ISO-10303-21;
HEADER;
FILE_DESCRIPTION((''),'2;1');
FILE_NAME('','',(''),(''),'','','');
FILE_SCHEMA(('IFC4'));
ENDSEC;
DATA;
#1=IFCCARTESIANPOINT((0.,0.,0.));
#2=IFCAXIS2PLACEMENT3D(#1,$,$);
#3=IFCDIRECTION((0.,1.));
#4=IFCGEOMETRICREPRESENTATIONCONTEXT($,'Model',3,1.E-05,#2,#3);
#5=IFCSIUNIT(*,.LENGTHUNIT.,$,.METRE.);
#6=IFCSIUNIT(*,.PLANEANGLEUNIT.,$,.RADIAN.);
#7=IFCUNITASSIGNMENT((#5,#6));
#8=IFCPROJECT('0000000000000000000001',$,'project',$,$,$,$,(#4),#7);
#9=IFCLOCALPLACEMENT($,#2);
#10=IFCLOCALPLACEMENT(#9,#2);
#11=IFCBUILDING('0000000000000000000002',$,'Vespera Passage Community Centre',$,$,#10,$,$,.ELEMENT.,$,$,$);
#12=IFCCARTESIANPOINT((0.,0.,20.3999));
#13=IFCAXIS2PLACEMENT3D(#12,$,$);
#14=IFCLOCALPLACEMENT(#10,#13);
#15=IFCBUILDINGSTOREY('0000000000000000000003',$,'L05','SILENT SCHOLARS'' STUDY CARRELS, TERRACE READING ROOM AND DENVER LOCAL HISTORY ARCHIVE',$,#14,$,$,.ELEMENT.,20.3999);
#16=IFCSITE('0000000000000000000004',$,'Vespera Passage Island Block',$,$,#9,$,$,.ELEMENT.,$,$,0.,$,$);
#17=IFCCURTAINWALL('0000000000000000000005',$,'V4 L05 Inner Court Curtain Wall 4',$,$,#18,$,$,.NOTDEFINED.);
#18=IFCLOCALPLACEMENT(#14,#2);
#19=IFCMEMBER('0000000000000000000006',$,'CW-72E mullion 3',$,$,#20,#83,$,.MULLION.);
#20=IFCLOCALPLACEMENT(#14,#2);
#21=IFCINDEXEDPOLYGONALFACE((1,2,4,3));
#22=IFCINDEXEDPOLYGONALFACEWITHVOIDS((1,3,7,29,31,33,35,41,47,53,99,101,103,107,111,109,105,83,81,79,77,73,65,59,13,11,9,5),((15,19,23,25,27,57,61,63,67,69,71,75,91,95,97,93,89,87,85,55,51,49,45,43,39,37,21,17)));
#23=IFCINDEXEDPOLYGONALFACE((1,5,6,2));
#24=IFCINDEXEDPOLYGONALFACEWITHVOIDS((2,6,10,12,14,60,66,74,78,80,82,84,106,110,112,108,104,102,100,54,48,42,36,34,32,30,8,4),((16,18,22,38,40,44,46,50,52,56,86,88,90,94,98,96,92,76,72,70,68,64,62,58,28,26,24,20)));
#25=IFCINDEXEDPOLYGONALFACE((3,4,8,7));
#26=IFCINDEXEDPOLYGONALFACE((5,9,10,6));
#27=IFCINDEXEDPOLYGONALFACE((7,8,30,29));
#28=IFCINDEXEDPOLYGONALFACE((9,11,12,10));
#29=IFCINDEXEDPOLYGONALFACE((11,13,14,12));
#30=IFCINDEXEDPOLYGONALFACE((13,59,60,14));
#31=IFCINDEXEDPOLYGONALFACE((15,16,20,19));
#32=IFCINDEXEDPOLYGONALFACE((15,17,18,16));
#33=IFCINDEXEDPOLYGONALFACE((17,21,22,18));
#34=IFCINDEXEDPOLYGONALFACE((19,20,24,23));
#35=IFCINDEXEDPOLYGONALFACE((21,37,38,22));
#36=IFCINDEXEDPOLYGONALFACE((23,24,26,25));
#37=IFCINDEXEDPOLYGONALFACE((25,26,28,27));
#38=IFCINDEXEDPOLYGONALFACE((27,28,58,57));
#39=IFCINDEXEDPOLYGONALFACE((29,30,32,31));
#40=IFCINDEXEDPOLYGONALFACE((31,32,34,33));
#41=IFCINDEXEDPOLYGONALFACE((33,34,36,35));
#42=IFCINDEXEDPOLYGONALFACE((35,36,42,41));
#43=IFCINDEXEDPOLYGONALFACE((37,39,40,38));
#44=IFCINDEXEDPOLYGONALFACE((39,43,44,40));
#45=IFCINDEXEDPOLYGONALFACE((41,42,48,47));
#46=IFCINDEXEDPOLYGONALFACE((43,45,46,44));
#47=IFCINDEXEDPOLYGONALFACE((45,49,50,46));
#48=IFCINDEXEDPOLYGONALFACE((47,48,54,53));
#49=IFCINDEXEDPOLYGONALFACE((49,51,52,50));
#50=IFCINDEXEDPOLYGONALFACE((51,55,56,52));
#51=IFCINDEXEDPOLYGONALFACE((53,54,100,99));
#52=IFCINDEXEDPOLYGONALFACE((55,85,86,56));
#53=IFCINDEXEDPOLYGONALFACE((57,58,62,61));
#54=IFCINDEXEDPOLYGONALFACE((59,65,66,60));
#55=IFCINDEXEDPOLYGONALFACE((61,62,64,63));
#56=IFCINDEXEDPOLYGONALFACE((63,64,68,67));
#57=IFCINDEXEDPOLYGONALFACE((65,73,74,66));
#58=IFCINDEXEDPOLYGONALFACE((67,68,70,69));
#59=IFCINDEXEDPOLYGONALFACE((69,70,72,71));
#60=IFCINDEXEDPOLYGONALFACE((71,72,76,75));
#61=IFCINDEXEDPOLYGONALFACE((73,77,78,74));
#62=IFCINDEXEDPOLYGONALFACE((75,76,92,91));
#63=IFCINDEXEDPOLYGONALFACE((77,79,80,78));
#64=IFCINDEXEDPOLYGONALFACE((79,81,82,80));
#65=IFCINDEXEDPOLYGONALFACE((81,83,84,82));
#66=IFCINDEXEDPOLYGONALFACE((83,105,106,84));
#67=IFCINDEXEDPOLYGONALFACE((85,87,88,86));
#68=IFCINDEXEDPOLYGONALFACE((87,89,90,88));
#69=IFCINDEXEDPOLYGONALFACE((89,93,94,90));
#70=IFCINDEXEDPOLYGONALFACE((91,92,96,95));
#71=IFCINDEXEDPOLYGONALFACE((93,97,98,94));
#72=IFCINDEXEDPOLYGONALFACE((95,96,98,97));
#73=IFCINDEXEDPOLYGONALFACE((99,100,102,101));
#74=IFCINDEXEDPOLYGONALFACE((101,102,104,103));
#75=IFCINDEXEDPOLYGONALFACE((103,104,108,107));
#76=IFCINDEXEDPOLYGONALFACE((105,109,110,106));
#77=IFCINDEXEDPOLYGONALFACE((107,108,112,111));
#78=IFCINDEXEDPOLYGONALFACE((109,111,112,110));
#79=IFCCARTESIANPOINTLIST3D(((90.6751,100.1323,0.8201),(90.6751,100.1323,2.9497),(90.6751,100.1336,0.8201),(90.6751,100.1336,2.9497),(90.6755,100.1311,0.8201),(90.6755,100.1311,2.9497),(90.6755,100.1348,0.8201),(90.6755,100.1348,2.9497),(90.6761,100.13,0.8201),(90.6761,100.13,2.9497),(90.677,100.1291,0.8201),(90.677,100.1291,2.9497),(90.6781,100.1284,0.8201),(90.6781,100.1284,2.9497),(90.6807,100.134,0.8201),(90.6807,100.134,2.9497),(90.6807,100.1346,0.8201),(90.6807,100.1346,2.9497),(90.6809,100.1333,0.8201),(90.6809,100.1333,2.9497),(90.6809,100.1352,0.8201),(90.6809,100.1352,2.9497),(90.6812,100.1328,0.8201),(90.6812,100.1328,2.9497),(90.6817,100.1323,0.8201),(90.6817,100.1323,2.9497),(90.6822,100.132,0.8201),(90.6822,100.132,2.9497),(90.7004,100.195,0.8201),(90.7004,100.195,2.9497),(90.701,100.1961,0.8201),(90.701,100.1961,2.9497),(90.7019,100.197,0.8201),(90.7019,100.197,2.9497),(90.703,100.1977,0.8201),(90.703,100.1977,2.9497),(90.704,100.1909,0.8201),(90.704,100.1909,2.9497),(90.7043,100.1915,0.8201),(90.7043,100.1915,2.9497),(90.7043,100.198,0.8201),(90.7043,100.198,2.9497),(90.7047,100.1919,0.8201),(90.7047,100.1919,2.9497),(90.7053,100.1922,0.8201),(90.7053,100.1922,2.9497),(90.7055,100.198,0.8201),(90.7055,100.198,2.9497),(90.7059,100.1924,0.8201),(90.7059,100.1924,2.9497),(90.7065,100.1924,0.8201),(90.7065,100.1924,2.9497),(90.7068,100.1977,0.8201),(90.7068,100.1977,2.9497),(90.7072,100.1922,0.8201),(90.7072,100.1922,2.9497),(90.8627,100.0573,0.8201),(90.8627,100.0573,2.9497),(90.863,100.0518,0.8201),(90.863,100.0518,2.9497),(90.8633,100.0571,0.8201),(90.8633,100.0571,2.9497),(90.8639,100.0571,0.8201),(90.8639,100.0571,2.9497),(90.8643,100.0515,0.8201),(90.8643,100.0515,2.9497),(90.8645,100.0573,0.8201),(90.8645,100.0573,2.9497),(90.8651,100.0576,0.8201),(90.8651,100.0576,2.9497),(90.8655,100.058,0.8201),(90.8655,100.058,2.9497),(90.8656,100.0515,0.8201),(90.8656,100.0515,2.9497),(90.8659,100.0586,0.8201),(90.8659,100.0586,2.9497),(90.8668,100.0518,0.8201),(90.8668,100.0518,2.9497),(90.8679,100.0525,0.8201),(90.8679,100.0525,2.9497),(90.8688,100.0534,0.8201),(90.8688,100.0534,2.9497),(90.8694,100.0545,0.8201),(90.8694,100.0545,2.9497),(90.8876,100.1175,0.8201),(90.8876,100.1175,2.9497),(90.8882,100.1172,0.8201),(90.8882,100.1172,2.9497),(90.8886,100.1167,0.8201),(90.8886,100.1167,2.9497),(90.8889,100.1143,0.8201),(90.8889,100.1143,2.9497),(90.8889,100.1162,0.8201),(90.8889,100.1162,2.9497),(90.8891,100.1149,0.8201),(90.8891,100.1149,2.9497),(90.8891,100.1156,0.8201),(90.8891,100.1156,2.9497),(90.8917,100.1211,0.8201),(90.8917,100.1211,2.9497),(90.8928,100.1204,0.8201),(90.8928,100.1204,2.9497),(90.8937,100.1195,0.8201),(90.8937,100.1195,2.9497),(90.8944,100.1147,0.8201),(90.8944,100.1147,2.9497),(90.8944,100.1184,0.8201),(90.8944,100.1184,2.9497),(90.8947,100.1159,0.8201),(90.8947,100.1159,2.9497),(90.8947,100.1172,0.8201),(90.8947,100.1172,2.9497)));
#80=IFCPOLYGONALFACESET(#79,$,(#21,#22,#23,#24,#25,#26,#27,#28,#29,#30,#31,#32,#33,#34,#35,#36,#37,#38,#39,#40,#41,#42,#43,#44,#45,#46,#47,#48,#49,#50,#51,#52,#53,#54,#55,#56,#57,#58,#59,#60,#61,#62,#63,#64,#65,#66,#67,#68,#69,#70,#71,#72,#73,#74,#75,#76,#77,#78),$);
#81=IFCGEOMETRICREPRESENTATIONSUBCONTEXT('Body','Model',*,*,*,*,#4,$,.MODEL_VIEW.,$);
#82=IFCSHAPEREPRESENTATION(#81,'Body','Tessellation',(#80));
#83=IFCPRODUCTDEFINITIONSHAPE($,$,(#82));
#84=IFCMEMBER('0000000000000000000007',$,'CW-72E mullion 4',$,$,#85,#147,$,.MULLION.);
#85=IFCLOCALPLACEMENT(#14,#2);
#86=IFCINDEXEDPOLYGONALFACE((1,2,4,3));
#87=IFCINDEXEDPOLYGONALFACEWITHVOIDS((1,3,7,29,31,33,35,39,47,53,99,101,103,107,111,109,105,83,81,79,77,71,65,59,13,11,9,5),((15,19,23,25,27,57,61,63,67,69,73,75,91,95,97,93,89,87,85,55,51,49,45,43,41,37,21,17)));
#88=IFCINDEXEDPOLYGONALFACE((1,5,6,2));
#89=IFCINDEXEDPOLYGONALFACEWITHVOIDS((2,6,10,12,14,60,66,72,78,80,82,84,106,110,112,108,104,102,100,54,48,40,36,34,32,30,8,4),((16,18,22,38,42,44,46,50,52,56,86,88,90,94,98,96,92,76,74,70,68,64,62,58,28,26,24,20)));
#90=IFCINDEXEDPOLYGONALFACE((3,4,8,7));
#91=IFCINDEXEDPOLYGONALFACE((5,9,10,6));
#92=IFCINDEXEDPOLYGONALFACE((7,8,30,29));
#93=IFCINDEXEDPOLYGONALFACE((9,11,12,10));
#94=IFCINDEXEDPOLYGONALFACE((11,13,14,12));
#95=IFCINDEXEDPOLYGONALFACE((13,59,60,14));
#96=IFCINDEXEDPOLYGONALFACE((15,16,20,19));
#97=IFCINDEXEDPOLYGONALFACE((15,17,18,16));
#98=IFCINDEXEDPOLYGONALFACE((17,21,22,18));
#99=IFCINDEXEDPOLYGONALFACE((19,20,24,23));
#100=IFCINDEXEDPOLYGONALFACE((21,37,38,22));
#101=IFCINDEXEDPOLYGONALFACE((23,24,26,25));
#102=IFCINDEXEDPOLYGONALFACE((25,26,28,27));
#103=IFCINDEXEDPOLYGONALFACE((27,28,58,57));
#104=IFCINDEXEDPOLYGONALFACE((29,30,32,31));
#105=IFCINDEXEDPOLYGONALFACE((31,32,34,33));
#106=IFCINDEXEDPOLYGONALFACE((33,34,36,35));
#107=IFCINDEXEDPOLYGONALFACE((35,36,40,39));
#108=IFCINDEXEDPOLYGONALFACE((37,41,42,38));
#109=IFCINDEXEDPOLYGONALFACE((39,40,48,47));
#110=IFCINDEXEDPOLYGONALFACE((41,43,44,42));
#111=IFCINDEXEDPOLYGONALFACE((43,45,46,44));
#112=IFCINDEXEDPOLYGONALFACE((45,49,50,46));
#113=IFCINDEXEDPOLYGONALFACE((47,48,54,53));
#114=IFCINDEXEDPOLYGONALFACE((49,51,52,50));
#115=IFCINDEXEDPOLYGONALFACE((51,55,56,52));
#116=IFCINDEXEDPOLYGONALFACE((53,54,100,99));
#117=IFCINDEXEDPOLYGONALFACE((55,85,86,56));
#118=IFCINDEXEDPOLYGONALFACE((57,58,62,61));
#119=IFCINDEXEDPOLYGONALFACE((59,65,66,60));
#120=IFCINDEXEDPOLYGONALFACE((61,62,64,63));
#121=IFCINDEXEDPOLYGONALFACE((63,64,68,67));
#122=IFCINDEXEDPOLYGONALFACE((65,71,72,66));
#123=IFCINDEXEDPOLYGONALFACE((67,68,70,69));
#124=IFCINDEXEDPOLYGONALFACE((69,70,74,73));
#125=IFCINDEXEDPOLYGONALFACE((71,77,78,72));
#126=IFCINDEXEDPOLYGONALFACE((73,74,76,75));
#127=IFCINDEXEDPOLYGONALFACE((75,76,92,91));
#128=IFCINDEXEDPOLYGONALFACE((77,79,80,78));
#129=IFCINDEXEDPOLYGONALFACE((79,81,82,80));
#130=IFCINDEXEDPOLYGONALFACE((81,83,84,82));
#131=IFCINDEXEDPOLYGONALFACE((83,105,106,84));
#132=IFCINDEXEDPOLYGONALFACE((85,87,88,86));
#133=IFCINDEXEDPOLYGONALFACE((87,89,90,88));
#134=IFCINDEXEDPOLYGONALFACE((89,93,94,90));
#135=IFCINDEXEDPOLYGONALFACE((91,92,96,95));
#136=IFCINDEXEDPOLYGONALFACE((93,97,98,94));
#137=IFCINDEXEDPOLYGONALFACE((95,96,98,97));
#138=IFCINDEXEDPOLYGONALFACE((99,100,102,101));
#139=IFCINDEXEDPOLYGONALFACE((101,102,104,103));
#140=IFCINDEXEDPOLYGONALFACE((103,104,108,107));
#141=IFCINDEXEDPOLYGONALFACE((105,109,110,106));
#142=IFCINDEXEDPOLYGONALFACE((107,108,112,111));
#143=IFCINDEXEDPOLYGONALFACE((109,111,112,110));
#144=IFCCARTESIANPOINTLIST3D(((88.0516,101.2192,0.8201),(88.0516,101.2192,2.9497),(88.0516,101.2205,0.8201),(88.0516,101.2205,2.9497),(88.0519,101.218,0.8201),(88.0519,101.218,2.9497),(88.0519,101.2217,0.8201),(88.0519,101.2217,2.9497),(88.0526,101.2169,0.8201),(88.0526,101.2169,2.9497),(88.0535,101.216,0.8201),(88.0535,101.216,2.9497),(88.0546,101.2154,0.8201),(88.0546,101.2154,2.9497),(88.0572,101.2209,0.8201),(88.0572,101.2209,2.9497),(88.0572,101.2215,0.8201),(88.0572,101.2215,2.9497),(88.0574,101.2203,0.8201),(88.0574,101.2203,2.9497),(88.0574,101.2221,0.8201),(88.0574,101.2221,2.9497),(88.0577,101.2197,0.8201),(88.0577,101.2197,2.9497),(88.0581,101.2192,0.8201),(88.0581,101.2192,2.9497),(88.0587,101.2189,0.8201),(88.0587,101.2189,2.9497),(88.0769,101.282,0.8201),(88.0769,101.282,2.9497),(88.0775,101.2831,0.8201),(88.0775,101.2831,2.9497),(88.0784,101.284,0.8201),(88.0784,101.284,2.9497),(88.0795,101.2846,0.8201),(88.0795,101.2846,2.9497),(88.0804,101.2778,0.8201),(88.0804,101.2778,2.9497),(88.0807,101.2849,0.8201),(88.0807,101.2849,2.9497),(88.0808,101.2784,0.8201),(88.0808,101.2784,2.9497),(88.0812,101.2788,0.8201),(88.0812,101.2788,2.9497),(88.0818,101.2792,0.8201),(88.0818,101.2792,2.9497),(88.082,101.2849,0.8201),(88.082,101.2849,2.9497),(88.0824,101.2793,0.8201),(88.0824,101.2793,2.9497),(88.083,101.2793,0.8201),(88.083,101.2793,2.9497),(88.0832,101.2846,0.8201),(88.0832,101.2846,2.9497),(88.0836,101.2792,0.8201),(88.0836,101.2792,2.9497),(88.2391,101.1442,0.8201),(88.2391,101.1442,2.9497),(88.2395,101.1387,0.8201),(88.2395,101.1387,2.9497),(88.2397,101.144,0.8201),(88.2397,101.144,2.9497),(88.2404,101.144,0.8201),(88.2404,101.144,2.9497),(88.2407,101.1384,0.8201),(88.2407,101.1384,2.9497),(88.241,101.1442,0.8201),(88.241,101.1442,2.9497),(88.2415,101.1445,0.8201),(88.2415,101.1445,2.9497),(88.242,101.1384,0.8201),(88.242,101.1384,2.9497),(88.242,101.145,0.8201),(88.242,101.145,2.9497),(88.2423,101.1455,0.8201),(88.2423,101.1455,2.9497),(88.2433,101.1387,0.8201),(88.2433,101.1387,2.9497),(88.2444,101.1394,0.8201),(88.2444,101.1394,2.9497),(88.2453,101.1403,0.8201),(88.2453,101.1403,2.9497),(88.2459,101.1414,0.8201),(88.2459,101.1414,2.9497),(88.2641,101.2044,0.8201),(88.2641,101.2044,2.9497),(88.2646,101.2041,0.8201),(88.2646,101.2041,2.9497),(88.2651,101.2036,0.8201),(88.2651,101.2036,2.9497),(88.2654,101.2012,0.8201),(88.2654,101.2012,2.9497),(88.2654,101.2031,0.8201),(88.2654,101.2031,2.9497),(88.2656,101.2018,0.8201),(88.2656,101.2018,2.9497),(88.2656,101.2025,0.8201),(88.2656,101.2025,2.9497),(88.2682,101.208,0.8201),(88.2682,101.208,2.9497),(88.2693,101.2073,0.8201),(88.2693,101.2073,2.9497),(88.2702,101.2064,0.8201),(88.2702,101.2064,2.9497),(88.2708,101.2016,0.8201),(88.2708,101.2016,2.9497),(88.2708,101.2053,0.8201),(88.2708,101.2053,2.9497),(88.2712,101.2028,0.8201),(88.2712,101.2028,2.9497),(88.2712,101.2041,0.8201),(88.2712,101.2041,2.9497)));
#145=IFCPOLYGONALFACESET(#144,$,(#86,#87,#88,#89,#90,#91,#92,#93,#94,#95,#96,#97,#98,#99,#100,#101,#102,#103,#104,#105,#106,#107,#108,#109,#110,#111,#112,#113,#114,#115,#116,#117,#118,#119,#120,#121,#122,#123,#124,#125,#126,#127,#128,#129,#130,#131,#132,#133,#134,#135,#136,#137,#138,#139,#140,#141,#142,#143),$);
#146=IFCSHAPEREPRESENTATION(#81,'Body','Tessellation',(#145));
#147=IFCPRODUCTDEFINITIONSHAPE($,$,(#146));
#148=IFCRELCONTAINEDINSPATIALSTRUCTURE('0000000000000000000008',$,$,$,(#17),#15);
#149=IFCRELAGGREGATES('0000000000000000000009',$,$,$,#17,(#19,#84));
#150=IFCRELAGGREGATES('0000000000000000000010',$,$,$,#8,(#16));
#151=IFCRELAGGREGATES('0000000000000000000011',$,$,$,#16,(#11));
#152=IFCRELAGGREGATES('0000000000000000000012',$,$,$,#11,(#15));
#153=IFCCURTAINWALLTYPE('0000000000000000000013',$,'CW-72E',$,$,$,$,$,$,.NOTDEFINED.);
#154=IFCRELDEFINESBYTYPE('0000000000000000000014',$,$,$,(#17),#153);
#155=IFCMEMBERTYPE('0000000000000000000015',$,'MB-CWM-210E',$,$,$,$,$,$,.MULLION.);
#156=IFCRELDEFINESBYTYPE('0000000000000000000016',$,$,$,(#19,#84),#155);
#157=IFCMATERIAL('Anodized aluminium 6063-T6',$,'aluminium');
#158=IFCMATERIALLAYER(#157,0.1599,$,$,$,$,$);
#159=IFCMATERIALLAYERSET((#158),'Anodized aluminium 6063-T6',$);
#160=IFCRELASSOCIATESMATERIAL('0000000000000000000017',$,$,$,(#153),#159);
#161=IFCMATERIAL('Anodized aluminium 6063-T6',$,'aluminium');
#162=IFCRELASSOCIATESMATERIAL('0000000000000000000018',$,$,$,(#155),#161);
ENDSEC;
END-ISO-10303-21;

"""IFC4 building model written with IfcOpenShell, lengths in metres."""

from ifc_helpers import new_model, si_unit, direction, frame, origin, origin_2d, place, context, subcontext, project, spatial, hollow_rectangle, extrude, material, layer, layer_set, material_profile, profile_set, type_object, element, aggregate, save


model = new_model("IFC4")

# Units and contexts
model_context = context("Model", 3, precision=1e-05, world=origin(), true_north=direction((0.0, 1.0)))
body_context = subcontext(model_context, "Body", "Model", "MODEL_VIEW")
ifc_project = project(units=[si_unit("LENGTHUNIT", "METRE"), si_unit("PLANEANGLEUNIT", "RADIAN")], contexts=[model_context])

# Site, building, storey
site_placement = place(None, origin())
site = spatial("IfcSite", under=ifc_project, at=site_placement, Name="Vespera Passage Island Block", CompositionType="ELEMENT", RefElevation=0.0)
building_placement = place(site_placement, origin())
building = spatial("IfcBuilding", under=site, at=building_placement, Name="Vespera Passage Community Centre", CompositionType="ELEMENT")
storey_placement = place(building_placement, frame((0.0, 0.0, 20.3999)))
storey = spatial("IfcBuildingStorey", under=building, at=storey_placement, Name="L05", Description="SILENT SCHOLARS' STUDY CARRELS, TERRACE READING ROOM AND DENVER LOCAL HISTORY ARCHIVE", CompositionType="ELEMENT", Elevation=20.3999)

# Curtain wall, members
ifc_material_1 = material(Name="Anodized aluminium 6063-T6", Category="aluminium")
ifc_layer_1 = layer(ifc_material_1, 0.1599)
ifc_layer_set_1 = layer_set([ifc_layer_1], Name="Anodized aluminium 6063-T6")
curtain_wall_type_1 = type_object("IfcCurtainWallType", Name="CW-72E", PredefinedType="NOTDEFINED", material=ifc_layer_set_1)
curtain_wall_1_placement = place(storey_placement, origin())
curtain_wall_1 = element("IfcCurtainWall", 1, at=curtain_wall_1_placement, inside=storey, type_object=curtain_wall_type_1, Name="V4 L05 Inner Court Curtain Wall 4", PredefinedType="NOTDEFINED")
ifc_material_2 = material(Name="Anodized aluminium 6063-T6", Category="aluminium")
ifc_material_profile_1 = material_profile(ifc_material_2, hollow_rectangle(XDim=0.075, YDim=0.21, WallThickness=0.0049, InnerFilletRadius=0.0024, OuterFilletRadius=0.0049, at=origin_2d()), Name="ALU210X75X5")
ifc_profile_set_1 = profile_set([ifc_material_profile_1], Name="Anodized aluminium 6063-T6")
member_type_1 = type_object("IfcMemberType", Name="MB-CWM-210E", PredefinedType="MULLION", material=ifc_profile_set_1)
member_1_placement = place(storey_placement, frame((90.7849, 100.1248, 0.8201), z_axis=(0.0, 0.0, 1.0), x_axis=(-0.38269, -0.923877, 0.0)))
member_1 = element("IfcMember", 2, at=member_1_placement, type_object=member_type_1, Name="CW-72E mullion 3", PredefinedType="MULLION", context=body_context, shape_type="SweptSolid", body=[
    extrude(hollow_rectangle(XDim=0.075, YDim=0.21, WallThickness=0.0049, InnerFilletRadius=0.0024, OuterFilletRadius=0.0049, at=origin_2d()), origin(), (0.0, 0.0, 1.0), 2.1296),
])
member_2_placement = place(storey_placement, frame((88.1614, 101.2117, 0.8201), z_axis=(0.0, 0.0, 1.0), x_axis=(-0.38269, -0.923877, 0.0)))
member_2 = element("IfcMember", 3, at=member_2_placement, type_object=member_type_1, Name="CW-72E mullion 4", PredefinedType="MULLION", context=body_context, shape_type="SweptSolid", body=[
    extrude(hollow_rectangle(XDim=0.075, YDim=0.21, WallThickness=0.0049, InnerFilletRadius=0.0024, OuterFilletRadius=0.0049, at=origin_2d()), origin(), (0.0, 0.0, 1.0), 2.1296),
])

aggregate(curtain_wall_1, [member_1, member_2])

save(model, "model.ifc")
